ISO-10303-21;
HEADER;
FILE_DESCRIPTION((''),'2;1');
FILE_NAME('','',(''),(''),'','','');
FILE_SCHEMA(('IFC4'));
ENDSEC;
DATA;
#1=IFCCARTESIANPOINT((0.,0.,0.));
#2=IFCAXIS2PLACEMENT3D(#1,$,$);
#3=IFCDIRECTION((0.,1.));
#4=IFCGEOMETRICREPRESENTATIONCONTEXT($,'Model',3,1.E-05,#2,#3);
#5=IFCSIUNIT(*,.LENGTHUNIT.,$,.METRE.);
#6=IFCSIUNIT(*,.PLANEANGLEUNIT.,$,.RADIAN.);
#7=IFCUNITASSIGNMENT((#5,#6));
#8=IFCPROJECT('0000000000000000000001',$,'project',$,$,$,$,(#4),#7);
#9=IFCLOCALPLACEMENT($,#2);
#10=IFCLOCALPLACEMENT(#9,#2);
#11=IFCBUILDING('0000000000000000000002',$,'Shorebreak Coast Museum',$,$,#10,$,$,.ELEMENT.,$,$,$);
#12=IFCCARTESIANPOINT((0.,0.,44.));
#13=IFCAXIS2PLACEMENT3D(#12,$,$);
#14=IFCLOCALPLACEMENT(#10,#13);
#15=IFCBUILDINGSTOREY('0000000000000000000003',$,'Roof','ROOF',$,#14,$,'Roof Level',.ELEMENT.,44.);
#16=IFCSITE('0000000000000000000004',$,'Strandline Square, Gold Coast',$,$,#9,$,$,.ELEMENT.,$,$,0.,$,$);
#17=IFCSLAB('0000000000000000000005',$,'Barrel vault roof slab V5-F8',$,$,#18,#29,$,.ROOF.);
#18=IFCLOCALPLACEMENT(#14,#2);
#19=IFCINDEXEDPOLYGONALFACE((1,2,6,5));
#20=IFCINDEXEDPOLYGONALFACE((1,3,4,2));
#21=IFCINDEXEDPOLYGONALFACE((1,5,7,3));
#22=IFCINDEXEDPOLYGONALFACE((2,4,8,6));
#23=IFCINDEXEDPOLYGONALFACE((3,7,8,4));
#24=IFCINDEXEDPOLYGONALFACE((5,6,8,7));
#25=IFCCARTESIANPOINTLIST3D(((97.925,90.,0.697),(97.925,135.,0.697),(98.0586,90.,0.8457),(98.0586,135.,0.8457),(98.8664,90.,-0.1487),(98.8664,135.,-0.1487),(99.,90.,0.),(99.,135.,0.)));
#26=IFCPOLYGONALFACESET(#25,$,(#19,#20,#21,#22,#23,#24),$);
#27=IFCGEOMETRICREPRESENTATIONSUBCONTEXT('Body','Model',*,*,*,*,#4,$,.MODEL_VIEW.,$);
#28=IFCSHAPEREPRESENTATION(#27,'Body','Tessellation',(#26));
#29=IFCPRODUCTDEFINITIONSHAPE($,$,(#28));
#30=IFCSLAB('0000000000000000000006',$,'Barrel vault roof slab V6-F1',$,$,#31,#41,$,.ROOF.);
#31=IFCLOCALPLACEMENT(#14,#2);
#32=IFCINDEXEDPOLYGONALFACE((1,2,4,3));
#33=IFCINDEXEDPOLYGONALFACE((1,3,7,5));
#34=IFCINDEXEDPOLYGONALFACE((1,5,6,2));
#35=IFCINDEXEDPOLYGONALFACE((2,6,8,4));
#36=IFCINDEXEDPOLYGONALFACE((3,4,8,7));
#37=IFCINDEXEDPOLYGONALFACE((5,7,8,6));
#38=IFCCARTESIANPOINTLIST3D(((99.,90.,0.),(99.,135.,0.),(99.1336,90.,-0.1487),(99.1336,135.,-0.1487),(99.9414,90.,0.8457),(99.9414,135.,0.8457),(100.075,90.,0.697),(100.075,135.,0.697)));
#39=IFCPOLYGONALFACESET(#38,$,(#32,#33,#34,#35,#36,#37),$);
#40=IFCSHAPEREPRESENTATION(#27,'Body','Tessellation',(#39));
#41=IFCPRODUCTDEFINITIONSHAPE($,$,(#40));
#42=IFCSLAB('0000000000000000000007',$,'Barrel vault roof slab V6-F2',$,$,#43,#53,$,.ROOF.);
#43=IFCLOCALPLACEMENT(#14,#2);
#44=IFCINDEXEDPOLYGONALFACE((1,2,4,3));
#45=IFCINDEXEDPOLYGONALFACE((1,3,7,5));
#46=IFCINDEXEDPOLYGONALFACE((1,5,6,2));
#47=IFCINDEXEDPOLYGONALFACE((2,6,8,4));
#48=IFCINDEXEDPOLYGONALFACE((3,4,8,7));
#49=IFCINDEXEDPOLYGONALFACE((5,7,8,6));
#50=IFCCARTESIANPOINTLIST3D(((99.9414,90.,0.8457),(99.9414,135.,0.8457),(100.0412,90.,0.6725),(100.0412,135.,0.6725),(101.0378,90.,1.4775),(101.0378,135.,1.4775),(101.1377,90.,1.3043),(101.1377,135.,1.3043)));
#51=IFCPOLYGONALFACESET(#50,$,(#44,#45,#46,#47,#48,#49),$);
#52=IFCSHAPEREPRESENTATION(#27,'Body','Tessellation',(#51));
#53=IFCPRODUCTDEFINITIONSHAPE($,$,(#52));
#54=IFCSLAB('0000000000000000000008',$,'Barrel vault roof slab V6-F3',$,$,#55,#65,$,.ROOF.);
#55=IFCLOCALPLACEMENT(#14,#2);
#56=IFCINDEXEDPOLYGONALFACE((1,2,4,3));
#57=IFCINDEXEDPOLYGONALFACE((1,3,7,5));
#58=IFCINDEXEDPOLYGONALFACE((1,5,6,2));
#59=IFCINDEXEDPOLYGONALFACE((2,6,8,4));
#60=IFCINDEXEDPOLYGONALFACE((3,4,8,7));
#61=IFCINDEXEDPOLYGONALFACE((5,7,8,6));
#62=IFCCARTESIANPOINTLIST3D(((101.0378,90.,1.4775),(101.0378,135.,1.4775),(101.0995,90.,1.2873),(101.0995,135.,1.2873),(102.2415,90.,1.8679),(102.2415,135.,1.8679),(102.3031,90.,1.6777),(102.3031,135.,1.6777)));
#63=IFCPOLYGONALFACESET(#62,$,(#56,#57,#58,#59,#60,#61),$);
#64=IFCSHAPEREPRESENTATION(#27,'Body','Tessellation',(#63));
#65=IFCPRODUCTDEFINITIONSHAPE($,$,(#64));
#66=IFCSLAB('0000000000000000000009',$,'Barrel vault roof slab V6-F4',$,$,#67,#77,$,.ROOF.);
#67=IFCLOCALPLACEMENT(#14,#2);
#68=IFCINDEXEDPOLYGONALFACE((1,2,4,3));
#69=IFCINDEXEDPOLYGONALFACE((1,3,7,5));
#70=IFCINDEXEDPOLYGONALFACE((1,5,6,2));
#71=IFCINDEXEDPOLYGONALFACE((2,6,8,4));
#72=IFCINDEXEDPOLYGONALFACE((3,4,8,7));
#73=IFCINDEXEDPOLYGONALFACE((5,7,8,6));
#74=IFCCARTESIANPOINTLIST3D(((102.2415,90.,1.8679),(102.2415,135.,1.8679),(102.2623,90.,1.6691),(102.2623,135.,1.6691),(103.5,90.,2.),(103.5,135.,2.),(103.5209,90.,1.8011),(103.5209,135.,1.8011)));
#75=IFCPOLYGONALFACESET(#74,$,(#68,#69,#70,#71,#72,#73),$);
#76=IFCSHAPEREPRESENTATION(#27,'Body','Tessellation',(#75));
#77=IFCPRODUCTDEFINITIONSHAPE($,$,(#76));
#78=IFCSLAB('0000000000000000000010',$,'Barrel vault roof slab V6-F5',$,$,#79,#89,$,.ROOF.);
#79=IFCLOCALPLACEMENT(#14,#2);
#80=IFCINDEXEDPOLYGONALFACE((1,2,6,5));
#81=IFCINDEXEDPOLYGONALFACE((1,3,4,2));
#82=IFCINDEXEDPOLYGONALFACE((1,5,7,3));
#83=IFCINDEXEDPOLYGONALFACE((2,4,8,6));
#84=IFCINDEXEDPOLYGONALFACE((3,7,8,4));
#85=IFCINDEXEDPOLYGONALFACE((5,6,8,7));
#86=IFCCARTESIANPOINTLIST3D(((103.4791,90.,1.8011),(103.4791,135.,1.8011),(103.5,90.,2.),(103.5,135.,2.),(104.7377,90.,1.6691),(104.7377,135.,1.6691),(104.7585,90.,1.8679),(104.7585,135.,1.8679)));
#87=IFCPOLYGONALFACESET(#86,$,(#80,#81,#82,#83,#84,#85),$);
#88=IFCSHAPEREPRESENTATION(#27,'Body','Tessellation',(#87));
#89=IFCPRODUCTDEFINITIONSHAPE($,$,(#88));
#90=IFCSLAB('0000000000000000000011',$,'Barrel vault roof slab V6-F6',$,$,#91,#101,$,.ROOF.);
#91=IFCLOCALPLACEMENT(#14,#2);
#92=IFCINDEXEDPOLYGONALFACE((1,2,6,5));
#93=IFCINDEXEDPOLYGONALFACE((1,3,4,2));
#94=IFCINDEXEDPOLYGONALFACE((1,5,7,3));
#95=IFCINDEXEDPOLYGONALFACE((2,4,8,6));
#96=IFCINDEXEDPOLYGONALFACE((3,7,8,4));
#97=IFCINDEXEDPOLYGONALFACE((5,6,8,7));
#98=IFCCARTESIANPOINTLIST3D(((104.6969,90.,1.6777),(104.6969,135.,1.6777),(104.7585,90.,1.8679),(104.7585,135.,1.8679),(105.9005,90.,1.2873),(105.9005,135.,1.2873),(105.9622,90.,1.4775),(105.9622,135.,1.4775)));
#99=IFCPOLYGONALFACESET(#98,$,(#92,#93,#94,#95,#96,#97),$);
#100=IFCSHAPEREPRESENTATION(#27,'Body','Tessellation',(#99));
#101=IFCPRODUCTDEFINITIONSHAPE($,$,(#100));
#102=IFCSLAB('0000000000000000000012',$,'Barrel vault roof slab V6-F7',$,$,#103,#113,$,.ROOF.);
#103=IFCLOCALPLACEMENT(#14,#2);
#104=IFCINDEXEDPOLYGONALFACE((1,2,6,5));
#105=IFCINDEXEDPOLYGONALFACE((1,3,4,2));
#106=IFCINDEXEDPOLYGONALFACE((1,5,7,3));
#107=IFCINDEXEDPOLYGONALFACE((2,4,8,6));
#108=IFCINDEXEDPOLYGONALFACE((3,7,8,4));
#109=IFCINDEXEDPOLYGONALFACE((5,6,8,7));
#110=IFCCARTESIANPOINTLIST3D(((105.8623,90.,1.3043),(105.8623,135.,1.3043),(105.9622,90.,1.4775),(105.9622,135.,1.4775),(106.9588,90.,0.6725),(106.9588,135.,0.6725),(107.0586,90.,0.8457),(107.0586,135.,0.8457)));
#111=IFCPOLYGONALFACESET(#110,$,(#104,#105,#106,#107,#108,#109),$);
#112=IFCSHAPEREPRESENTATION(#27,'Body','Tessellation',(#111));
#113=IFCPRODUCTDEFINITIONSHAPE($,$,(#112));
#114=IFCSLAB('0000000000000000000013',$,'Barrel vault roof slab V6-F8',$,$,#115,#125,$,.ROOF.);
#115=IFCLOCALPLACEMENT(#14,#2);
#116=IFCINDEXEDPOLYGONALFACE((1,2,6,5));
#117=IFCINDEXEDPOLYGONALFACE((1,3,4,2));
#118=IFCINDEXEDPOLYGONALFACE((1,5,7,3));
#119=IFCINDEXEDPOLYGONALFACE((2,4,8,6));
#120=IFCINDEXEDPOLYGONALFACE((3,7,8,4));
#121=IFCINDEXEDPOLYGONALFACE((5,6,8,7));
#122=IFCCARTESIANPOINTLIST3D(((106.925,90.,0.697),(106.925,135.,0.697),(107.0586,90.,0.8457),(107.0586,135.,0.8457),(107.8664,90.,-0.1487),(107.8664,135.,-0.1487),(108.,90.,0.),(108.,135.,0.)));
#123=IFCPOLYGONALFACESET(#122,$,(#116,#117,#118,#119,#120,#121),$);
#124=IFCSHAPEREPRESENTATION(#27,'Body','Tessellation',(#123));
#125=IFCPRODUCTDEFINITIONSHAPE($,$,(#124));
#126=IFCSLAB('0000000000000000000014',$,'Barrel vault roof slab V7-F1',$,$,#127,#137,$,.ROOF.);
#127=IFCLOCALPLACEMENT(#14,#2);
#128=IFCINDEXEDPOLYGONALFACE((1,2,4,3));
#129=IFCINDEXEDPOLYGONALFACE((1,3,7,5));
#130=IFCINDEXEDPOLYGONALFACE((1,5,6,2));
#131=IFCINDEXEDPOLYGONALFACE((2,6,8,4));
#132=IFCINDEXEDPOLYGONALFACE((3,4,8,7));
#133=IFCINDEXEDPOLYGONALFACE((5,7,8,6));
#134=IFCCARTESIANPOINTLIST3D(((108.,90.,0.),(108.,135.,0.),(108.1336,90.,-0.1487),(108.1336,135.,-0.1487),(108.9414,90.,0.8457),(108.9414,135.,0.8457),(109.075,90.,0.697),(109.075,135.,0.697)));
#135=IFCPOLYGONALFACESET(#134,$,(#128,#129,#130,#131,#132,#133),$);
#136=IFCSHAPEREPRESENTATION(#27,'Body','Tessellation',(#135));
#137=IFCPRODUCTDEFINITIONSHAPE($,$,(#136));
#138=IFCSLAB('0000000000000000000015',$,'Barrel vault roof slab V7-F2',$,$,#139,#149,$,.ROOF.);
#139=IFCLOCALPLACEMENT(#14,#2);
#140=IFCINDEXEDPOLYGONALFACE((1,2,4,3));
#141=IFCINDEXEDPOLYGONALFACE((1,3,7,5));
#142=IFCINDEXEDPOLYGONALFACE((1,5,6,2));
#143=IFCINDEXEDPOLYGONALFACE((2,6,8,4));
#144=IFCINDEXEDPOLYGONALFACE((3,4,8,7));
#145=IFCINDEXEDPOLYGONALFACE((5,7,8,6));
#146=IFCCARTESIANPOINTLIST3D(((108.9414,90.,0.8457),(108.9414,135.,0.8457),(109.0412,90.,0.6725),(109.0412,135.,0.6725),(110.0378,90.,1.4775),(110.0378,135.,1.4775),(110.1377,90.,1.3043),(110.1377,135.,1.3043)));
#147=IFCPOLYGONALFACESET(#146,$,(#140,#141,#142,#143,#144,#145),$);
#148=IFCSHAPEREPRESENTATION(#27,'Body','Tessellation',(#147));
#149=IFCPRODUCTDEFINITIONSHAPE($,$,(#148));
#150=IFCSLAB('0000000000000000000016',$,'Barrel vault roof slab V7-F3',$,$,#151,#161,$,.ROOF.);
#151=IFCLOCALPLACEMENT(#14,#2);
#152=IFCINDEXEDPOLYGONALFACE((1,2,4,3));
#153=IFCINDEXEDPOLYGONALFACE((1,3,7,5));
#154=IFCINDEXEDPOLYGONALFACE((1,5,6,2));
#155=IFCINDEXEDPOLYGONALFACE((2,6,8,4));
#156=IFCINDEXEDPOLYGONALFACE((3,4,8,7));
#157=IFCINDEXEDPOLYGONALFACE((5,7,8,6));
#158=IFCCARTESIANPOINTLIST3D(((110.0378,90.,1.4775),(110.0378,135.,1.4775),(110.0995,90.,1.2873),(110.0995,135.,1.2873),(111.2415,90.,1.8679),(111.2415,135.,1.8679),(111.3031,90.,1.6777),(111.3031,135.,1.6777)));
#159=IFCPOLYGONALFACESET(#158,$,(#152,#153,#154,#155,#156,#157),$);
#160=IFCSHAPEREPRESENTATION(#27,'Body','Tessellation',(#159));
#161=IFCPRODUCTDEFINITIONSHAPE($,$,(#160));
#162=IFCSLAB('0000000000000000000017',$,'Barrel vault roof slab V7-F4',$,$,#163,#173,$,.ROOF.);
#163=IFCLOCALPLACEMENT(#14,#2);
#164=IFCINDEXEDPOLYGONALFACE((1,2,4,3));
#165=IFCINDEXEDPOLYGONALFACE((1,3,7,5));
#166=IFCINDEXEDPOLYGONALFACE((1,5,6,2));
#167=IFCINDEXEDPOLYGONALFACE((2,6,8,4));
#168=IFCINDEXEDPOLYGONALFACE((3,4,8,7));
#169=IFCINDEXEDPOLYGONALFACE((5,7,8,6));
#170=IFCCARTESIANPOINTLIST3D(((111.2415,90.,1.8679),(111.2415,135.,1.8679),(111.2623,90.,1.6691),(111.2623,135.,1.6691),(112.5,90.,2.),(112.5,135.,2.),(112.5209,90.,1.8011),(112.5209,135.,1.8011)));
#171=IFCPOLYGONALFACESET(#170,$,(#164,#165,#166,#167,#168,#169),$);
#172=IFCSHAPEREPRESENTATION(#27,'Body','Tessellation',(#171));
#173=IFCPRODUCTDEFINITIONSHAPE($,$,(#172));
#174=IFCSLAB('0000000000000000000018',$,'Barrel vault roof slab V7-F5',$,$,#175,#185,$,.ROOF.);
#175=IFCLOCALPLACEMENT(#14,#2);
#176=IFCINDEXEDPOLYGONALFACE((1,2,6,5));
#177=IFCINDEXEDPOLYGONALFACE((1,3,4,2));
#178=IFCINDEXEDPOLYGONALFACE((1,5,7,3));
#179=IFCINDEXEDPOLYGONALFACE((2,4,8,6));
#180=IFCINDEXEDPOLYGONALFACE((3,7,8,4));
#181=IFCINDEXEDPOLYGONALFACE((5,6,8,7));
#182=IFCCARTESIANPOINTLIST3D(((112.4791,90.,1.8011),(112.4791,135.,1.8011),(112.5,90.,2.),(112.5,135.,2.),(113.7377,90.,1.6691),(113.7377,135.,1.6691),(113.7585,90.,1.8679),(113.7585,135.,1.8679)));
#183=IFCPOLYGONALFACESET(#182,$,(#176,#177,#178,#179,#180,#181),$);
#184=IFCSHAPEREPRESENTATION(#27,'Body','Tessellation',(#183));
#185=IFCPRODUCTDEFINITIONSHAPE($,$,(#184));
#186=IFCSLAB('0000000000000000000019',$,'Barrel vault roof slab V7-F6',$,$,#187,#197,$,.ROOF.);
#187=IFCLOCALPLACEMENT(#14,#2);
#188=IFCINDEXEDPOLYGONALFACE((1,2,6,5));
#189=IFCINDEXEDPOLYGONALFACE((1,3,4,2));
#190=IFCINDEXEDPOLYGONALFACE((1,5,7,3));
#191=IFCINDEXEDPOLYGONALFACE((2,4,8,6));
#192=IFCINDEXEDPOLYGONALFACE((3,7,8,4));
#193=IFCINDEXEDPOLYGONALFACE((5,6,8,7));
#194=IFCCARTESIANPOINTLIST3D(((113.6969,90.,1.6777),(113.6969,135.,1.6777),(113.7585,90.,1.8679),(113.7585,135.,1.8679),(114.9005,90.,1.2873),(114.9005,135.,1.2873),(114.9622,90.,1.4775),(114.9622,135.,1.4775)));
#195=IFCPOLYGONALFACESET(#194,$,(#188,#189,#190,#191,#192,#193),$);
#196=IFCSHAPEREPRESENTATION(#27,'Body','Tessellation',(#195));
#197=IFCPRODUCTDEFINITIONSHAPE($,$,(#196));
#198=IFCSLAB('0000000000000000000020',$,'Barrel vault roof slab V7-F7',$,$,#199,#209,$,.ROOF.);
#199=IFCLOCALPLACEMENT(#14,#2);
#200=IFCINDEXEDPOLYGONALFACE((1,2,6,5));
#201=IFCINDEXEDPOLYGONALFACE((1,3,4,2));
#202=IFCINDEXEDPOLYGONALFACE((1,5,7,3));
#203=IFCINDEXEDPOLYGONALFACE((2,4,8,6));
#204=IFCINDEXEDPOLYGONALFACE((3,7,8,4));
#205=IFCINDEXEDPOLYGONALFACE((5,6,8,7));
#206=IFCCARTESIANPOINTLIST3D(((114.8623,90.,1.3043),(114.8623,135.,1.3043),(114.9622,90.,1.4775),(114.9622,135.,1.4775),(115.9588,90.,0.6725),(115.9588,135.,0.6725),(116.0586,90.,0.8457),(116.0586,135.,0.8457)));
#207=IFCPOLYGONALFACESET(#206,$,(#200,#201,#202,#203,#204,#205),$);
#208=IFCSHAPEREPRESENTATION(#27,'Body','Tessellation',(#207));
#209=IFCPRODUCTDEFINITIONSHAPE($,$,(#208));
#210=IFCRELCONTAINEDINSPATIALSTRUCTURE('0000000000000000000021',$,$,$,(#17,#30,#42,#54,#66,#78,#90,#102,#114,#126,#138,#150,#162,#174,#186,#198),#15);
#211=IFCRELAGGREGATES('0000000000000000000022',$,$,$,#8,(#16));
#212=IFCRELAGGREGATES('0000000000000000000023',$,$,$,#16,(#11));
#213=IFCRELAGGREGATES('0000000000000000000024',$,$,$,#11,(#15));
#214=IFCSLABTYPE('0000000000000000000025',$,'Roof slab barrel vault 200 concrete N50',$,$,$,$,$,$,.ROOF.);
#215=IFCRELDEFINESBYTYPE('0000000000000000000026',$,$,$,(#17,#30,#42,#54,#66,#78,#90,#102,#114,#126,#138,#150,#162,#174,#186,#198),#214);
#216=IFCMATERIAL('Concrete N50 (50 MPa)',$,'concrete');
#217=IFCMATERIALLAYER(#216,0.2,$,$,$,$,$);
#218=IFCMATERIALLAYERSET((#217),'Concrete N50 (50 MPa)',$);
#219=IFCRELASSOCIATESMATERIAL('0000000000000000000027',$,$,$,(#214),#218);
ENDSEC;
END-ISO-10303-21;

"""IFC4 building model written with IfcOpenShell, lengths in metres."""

from ifc_helpers import new_model, si_unit, direction, frame, origin, place, context, subcontext, project, spatial, polyline, outline, extrude, material, layer, layer_set, type_object, element, save


model = new_model("IFC4")

# Units and contexts
model_context = context("Model", 3, precision=1e-05, world=origin(), true_north=direction((0.0, 1.0)))
body_context = subcontext(model_context, "Body", "Model", "MODEL_VIEW")
ifc_project = project(units=[si_unit("LENGTHUNIT", "METRE"), si_unit("PLANEANGLEUNIT", "RADIAN")], contexts=[model_context])

# Site, building, storey
site_placement = place(None, origin())
site = spatial("IfcSite", under=ifc_project, at=site_placement, Name="Strandline Square, Gold Coast", CompositionType="ELEMENT", RefElevation=0.0)
building_placement = place(site_placement, origin())
building = spatial("IfcBuilding", under=site, at=building_placement, Name="Shorebreak Coast Museum", CompositionType="ELEMENT")
storey_placement = place(building_placement, frame((0.0, 0.0, 44.0)))
storey = spatial("IfcBuildingStorey", under=building, at=storey_placement, Name="Roof", Description="ROOF", LongName="Roof Level", CompositionType="ELEMENT", Elevation=44.0)

# Slabs
ifc_material_1 = material(Name="Concrete N50 (50 MPa)", Category="concrete")
ifc_layer = layer(ifc_material_1, 0.2)
ifc_layer_set = layer_set([ifc_layer], Name="Concrete N50 (50 MPa)")
slab_type = type_object("IfcSlabType", Name="Roof slab barrel vault 200 concrete N50", PredefinedType="ROOF", material=ifc_layer_set)
for number, where, z_axis, x_axis, name in (
    (1, (98.0586, 90.0, 0.8457), (0.668282, 0.0, 0.743908), (0.743908, 0.0, -0.668282), "Barrel vault roof slab V5-F8"),
    (2, (99.0, 90.0, 0.0), (-0.668282, 0.0, 0.743908), (0.743908, 0.0, 0.668282), "Barrel vault roof slab V6-F1"),
):
    element("IfcSlab", number, at=place(storey_placement, frame(where, z_axis=z_axis, x_axis=x_axis)), inside=storey, type_object=slab_type, Name=name, PredefinedType="ROOF", context=body_context, shape_type="SweptSolid", body=[
        extrude(outline(polyline([(0.0, 0.0), (1.2655, 0.0), (1.2655, 45.0), (0.0, 45.0), (0.0, 0.0)])), origin(), (0.0, 0.0, -1.0), 0.2),
    ])
slab_1_placement = place(storey_placement, frame((99.9414, 90.0, 0.8457), z_axis=(-0.499294, 0.0, 0.866433), x_axis=(0.866433, 0.0, 0.499294)))
element("IfcSlab", 3, at=slab_1_placement, inside=storey, type_object=slab_type, Name="Barrel vault roof slab V6-F2", PredefinedType="ROOF", context=body_context, shape_type="SweptSolid", body=[
    extrude(outline(polyline([(0.0, 0.0), (1.2655, 0.0), (1.2655, 45.0), (0.0, 45.0), (0.0, 0.0)])), origin(), (0.0, 0.0, -1.0), 0.2),
])
slab_2_placement = place(storey_placement, frame((101.0378, 90.0, 1.4775), z_axis=(-0.308519, 0.0, 0.951218), x_axis=(0.951218, 0.0, 0.308519)))
element("IfcSlab", 4, at=slab_2_placement, inside=storey, type_object=slab_type, Name="Barrel vault roof slab V6-F3", PredefinedType="ROOF", context=body_context, shape_type="SweptSolid", body=[
    extrude(outline(polyline([(0.0, 0.0), (1.2653, 0.0), (1.2653, 45.0), (0.0, 45.0), (0.0, 0.0)])), origin(), (0.0, 0.0, -1.0), 0.2),
])
for number, where, z_axis, x_axis, name in (
    (5, (102.2415, 90.0, 1.8679), (-0.104373, 0.0, 0.994538), (0.994538, 0.0, 0.104373), "Barrel vault roof slab V6-F4"),
    (6, (103.5, 90.0, 2.0), (0.104373, 0.0, 0.994538), (0.994538, 0.0, -0.104373), "Barrel vault roof slab V6-F5"),
):
    element("IfcSlab", number, at=place(storey_placement, frame(where, z_axis=z_axis, x_axis=x_axis)), inside=storey, type_object=slab_type, Name=name, PredefinedType="ROOF", context=body_context, shape_type="SweptSolid", body=[
        extrude(outline(polyline([(0.0, 0.0), (1.2655, 0.0), (1.2655, 45.0), (0.0, 45.0), (0.0, 0.0)])), origin(), (0.0, 0.0, -1.0), 0.2),
    ])
slab_3_placement = place(storey_placement, frame((104.7585, 90.0, 1.8679), z_axis=(0.308519, 0.0, 0.951218), x_axis=(0.951218, 0.0, -0.308519)))
element("IfcSlab", 7, at=slab_3_placement, inside=storey, type_object=slab_type, Name="Barrel vault roof slab V6-F6", PredefinedType="ROOF", context=body_context, shape_type="SweptSolid", body=[
    extrude(outline(polyline([(0.0, 0.0), (1.2653, 0.0), (1.2653, 45.0), (0.0, 45.0), (0.0, 0.0)])), origin(), (0.0, 0.0, -1.0), 0.2),
])
slab_4_placement = place(storey_placement, frame((105.9622, 90.0, 1.4775), z_axis=(0.499294, 0.0, 0.866433), x_axis=(0.866433, 0.0, -0.499294)))
element("IfcSlab", 8, at=slab_4_placement, inside=storey, type_object=slab_type, Name="Barrel vault roof slab V6-F7", PredefinedType="ROOF", context=body_context, shape_type="SweptSolid", body=[
    extrude(outline(polyline([(0.0, 0.0), (1.2655, 0.0), (1.2655, 45.0), (0.0, 45.0), (0.0, 0.0)])), origin(), (0.0, 0.0, -1.0), 0.2),
])
for number, where, z_axis, x_axis, name in (
    (9, (107.0586, 90.0, 0.8457), (0.668282, 0.0, 0.743908), (0.743908, 0.0, -0.668282), "Barrel vault roof slab V6-F8"),
    (10, (108.0, 90.0, 0.0), (-0.668282, 0.0, 0.743908), (0.743908, 0.0, 0.668282), "Barrel vault roof slab V7-F1"),
):
    element("IfcSlab", number, at=place(storey_placement, frame(where, z_axis=z_axis, x_axis=x_axis)), inside=storey, type_object=slab_type, Name=name, PredefinedType="ROOF", context=body_context, shape_type="SweptSolid", body=[
        extrude(outline(polyline([(0.0, 0.0), (1.2655, 0.0), (1.2655, 45.0), (0.0, 45.0), (0.0, 0.0)])), origin(), (0.0, 0.0, -1.0), 0.2),
    ])
slab_5_placement = place(storey_placement, frame((108.9414, 90.0, 0.8457), z_axis=(-0.499294, 0.0, 0.866433), x_axis=(0.866433, 0.0, 0.499294)))
element("IfcSlab", 11, at=slab_5_placement, inside=storey, type_object=slab_type, Name="Barrel vault roof slab V7-F2", PredefinedType="ROOF", context=body_context, shape_type="SweptSolid", body=[
    extrude(outline(polyline([(0.0, 0.0), (1.2655, 0.0), (1.2655, 45.0), (0.0, 45.0), (0.0, 0.0)])), origin(), (0.0, 0.0, -1.0), 0.2),
])
slab_6_placement = place(storey_placement, frame((110.0378, 90.0, 1.4775), z_axis=(-0.308519, 0.0, 0.951218), x_axis=(0.951218, 0.0, 0.308519)))
element("IfcSlab", 12, at=slab_6_placement, inside=storey, type_object=slab_type, Name="Barrel vault roof slab V7-F3", PredefinedType="ROOF", context=body_context, shape_type="SweptSolid", body=[
    extrude(outline(polyline([(0.0, 0.0), (1.2653, 0.0), (1.2653, 45.0), (0.0, 45.0), (0.0, 0.0)])), origin(), (0.0, 0.0, -1.0), 0.2),
])
for number, where, z_axis, x_axis, name in (
    (13, (111.2415, 90.0, 1.8679), (-0.104373, 0.0, 0.994538), (0.994538, 0.0, 0.104373), "Barrel vault roof slab V7-F4"),
    (14, (112.5, 90.0, 2.0), (0.104373, 0.0, 0.994538), (0.994538, 0.0, -0.104373), "Barrel vault roof slab V7-F5"),
):
    element("IfcSlab", number, at=place(storey_placement, frame(where, z_axis=z_axis, x_axis=x_axis)), inside=storey, type_object=slab_type, Name=name, PredefinedType="ROOF", context=body_context, shape_type="SweptSolid", body=[
        extrude(outline(polyline([(0.0, 0.0), (1.2655, 0.0), (1.2655, 45.0), (0.0, 45.0), (0.0, 0.0)])), origin(), (0.0, 0.0, -1.0), 0.2),
    ])
slab_7_placement = place(storey_placement, frame((113.7585, 90.0, 1.8679), z_axis=(0.308519, 0.0, 0.951218), x_axis=(0.951218, 0.0, -0.308519)))
element("IfcSlab", 15, at=slab_7_placement, inside=storey, type_object=slab_type, Name="Barrel vault roof slab V7-F6", PredefinedType="ROOF", context=body_context, shape_type="SweptSolid", body=[
    extrude(outline(polyline([(0.0, 0.0), (1.2653, 0.0), (1.2653, 45.0), (0.0, 45.0), (0.0, 0.0)])), origin(), (0.0, 0.0, -1.0), 0.2),
])
slab_8_placement = place(storey_placement, frame((114.9622, 90.0, 1.4775), z_axis=(0.499294, 0.0, 0.866433), x_axis=(0.866433, 0.0, -0.499294)))
element("IfcSlab", 16, at=slab_8_placement, inside=storey, type_object=slab_type, Name="Barrel vault roof slab V7-F7", PredefinedType="ROOF", context=body_context, shape_type="SweptSolid", body=[
    extrude(outline(polyline([(0.0, 0.0), (1.2655, 0.0), (1.2655, 45.0), (0.0, 45.0), (0.0, 0.0)])), origin(), (0.0, 0.0, -1.0), 0.2),
])

save(model, "model.ifc")
